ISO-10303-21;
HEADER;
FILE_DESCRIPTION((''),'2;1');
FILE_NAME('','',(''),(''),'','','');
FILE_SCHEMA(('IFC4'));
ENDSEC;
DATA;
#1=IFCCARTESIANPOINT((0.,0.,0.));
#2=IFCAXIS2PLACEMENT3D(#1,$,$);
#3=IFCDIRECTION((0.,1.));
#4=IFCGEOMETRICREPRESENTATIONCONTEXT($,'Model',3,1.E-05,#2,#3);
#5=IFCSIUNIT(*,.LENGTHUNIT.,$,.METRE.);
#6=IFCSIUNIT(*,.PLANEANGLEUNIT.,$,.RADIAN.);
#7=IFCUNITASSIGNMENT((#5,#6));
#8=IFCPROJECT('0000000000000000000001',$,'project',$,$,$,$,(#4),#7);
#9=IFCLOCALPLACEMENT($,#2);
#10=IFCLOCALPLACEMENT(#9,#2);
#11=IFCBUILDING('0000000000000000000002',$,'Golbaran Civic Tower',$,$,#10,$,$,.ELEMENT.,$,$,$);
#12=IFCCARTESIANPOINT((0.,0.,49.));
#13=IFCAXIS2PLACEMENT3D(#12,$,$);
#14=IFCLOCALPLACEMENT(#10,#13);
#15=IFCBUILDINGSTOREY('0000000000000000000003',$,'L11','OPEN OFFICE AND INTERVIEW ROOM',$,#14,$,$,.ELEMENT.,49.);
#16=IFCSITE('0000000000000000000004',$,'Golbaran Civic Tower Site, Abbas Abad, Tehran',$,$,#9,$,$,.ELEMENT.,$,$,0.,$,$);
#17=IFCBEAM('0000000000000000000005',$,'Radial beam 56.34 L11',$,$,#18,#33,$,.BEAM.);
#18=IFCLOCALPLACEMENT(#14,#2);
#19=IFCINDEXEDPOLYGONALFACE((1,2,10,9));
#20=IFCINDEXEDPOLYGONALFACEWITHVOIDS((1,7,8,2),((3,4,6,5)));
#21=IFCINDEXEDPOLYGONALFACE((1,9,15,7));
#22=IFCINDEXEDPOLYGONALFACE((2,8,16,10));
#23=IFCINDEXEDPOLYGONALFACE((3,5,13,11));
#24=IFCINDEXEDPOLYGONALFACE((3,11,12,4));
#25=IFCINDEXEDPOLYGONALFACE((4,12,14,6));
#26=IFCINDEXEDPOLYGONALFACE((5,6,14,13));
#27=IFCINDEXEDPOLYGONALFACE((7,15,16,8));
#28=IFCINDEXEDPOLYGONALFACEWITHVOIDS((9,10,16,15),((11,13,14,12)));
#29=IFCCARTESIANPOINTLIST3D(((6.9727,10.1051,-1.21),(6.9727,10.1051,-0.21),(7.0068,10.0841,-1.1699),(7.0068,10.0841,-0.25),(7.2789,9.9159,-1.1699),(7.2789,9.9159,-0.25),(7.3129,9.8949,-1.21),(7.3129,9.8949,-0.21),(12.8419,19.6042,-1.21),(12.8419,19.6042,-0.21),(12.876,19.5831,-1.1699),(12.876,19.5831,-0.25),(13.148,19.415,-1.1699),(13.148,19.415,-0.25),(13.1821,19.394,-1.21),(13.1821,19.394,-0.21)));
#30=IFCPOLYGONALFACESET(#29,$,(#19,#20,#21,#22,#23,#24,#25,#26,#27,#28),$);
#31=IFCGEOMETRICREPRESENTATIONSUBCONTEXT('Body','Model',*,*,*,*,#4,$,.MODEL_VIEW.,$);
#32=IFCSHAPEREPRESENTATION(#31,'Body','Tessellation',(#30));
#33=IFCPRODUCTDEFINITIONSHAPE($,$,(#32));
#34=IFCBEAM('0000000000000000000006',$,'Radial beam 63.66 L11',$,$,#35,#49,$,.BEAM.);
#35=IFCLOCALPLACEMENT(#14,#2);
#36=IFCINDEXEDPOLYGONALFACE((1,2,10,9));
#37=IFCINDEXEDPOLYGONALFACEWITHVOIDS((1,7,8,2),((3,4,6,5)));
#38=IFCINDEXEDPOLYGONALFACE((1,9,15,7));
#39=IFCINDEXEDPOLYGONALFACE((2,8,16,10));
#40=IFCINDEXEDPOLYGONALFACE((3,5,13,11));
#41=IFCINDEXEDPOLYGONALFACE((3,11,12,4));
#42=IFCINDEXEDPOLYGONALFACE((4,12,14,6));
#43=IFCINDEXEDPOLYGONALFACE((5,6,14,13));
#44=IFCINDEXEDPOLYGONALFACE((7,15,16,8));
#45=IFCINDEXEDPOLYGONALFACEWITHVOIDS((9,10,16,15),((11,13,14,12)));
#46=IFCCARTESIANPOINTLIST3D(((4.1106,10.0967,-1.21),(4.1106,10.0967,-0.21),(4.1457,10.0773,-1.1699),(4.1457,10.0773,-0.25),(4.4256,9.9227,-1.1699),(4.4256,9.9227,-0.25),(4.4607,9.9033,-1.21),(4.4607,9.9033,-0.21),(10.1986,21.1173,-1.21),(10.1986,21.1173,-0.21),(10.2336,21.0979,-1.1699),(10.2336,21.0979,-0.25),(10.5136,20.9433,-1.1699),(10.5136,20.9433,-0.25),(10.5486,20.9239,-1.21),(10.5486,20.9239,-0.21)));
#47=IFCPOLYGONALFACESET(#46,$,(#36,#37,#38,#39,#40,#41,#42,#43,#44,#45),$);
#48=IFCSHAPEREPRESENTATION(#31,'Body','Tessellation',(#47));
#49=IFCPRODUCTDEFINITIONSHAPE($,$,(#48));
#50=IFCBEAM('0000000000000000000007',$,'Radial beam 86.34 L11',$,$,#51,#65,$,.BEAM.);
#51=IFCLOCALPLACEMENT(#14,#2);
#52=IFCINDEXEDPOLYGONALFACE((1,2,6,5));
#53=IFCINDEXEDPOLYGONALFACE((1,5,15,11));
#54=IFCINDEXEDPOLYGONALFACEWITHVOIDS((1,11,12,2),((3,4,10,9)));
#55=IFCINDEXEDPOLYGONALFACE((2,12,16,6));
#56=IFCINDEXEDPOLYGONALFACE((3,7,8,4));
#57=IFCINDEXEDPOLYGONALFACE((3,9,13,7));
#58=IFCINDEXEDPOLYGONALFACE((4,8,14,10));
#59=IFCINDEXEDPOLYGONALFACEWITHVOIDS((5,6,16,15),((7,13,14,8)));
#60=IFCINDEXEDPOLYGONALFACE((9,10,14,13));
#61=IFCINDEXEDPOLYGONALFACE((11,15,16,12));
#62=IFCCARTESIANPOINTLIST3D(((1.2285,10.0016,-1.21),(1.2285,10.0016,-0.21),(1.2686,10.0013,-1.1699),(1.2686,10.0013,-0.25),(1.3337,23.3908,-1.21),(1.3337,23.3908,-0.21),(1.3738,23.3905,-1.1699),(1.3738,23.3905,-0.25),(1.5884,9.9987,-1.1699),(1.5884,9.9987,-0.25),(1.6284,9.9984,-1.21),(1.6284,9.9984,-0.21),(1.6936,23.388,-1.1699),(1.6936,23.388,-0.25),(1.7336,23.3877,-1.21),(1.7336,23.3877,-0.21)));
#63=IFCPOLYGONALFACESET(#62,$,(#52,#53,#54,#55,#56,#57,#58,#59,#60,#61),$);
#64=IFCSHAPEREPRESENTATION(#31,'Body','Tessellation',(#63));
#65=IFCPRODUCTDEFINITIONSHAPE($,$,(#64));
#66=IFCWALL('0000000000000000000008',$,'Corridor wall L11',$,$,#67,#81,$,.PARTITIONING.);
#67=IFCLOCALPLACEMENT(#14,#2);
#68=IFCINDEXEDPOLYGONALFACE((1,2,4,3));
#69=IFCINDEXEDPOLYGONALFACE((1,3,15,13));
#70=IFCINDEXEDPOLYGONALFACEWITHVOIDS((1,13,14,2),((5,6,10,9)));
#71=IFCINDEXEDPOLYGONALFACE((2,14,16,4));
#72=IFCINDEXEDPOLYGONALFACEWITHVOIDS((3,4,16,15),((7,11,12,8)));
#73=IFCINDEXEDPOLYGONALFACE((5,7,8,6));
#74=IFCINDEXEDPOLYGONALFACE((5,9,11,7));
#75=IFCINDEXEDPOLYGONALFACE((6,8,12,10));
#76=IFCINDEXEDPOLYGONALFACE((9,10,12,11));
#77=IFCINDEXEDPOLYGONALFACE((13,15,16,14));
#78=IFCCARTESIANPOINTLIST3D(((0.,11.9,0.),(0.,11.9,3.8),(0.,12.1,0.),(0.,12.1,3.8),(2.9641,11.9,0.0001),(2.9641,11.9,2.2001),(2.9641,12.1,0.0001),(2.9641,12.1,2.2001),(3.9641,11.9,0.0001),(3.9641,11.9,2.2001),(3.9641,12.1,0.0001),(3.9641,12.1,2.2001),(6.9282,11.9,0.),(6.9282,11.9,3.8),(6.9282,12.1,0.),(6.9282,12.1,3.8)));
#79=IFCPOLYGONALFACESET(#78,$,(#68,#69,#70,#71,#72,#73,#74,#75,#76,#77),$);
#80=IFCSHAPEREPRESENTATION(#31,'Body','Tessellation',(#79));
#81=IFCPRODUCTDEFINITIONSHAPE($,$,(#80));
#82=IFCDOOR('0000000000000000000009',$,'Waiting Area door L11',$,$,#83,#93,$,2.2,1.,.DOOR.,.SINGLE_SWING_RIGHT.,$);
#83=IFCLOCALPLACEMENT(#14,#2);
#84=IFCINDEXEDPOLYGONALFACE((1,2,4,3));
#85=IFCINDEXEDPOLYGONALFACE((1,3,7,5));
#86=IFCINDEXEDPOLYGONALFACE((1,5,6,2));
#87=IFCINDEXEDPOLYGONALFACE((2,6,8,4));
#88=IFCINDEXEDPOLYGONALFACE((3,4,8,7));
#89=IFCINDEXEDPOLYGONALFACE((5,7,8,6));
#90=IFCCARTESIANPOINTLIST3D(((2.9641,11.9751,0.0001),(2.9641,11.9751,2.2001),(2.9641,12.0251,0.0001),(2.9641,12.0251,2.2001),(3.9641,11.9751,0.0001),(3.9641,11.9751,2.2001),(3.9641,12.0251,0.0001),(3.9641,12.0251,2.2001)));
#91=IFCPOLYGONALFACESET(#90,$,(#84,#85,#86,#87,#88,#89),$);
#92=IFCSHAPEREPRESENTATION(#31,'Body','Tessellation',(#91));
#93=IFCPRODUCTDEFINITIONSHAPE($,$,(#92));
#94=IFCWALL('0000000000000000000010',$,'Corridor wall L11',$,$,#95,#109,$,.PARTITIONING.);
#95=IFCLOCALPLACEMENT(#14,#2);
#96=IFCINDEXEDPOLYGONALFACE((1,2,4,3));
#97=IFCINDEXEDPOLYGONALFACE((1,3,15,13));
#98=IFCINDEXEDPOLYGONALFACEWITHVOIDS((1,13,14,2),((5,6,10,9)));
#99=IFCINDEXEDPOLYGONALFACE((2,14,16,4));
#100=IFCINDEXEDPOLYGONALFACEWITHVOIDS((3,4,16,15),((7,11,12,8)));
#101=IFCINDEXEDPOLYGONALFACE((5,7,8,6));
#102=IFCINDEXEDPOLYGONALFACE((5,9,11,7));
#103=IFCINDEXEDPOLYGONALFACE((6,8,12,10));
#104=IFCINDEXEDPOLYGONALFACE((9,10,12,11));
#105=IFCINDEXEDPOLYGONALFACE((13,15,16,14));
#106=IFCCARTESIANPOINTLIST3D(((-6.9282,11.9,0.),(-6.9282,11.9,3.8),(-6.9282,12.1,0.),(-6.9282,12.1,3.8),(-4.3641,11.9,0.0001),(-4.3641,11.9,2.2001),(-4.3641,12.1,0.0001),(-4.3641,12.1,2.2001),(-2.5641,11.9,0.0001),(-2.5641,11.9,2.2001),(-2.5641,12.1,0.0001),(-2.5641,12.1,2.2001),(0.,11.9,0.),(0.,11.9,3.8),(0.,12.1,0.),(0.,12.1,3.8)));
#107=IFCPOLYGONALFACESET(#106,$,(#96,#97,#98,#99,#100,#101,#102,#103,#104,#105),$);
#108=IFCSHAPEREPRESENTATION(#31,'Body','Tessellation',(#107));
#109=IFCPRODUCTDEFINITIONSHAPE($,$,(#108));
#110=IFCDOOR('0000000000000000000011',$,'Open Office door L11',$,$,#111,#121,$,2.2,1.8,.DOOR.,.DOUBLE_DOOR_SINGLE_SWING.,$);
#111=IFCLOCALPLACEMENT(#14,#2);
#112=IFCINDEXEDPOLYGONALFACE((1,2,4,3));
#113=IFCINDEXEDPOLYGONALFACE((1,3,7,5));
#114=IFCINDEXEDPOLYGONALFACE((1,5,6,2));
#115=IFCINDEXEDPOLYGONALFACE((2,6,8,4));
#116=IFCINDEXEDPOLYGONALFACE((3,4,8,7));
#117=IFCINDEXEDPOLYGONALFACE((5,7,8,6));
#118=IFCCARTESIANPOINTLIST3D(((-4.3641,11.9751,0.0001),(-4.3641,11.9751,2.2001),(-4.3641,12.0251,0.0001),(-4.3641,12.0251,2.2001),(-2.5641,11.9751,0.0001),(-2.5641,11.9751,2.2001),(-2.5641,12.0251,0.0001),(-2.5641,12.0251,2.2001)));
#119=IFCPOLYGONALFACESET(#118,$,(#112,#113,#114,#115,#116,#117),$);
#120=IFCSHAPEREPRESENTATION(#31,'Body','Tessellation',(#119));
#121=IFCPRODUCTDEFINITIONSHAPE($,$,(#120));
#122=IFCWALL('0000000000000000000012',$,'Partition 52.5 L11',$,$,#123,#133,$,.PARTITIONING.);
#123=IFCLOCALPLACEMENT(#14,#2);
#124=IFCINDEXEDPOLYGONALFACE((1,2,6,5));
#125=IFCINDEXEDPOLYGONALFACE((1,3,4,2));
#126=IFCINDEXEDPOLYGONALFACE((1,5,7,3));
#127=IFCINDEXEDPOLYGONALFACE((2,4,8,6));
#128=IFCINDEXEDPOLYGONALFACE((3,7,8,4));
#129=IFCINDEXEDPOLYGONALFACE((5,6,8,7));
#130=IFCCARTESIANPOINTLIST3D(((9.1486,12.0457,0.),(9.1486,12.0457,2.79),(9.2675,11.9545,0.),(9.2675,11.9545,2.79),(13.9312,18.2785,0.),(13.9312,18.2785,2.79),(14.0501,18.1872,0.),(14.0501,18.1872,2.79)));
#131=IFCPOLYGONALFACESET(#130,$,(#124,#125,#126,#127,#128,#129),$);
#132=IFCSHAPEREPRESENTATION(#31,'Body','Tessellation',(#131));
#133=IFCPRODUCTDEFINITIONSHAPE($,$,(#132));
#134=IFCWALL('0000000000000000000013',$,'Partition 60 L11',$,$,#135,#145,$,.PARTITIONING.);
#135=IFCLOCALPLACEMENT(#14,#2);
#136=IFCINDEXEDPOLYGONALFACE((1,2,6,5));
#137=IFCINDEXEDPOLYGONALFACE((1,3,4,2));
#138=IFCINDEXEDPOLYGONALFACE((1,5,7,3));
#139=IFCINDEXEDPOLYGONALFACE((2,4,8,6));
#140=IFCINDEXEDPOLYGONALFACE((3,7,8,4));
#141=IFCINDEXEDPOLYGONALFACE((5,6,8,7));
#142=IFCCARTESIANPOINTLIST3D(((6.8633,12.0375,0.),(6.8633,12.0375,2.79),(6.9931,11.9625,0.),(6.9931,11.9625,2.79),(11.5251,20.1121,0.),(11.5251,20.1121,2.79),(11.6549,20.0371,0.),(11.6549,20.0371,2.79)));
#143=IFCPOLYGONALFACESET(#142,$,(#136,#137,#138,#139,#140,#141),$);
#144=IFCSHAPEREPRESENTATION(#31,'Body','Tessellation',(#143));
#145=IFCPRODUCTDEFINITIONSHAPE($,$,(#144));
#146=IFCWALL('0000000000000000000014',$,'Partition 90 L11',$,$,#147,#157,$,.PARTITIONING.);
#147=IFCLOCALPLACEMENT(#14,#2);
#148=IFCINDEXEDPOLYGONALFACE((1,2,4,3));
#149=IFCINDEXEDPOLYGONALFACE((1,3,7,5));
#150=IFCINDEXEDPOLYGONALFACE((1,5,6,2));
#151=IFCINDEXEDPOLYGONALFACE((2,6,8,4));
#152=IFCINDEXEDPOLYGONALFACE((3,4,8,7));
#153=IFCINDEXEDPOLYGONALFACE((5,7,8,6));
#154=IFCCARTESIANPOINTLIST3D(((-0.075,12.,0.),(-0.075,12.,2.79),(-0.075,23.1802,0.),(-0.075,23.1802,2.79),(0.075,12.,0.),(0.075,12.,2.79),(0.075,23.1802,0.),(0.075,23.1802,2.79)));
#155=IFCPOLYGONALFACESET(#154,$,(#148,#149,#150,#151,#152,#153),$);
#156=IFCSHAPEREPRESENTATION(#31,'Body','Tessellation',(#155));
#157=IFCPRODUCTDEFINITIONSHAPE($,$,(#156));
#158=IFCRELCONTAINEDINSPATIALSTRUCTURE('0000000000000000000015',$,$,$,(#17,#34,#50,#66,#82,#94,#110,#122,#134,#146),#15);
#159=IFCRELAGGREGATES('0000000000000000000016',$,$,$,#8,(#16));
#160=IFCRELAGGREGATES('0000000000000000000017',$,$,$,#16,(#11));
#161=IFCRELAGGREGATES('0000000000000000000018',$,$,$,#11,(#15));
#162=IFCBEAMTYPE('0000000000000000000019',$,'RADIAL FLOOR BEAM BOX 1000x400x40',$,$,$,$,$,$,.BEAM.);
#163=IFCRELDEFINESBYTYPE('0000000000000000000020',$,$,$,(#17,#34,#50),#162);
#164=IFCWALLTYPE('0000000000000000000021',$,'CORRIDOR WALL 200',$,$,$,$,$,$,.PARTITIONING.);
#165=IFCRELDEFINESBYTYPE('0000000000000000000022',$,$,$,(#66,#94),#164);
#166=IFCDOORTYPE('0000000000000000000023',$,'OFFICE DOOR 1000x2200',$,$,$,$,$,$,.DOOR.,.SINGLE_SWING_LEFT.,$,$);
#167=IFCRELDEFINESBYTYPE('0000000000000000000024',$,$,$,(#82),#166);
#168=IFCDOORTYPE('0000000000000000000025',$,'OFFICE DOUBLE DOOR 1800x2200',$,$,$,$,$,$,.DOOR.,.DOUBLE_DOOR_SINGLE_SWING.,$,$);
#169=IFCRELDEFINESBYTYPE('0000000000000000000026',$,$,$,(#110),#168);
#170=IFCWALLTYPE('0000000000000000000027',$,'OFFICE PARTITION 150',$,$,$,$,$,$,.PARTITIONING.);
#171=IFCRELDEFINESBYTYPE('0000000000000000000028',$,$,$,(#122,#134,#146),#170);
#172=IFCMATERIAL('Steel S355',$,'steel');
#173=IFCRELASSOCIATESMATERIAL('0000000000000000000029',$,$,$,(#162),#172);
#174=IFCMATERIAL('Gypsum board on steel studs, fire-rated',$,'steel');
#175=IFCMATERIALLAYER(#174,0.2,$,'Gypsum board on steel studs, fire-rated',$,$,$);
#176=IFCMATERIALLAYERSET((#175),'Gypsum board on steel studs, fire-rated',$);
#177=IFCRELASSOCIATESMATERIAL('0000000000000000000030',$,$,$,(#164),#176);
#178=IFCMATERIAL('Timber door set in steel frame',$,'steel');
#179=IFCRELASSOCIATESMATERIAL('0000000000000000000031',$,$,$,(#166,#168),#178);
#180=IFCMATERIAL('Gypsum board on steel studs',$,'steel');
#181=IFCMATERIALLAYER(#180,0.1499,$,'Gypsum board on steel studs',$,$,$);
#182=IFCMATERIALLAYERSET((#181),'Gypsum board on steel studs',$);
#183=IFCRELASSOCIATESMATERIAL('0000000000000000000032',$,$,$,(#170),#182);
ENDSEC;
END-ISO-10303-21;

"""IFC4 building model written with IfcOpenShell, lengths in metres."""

from ifc_helpers import new_model, si_unit, direction, frame, frame_2d, origin, origin_2d, place, context, subcontext, project, spatial, rectangle, hollow_rectangle, extrude, material, layer, layer_set, material_profile, profile_set, type_object, element, fill, save


model = new_model("IFC4")

# Units and contexts
model_context = context("Model", 3, precision=1e-05, world=origin(), true_north=direction((0.0, 1.0)))
body_context = subcontext(model_context, "Body", "Model", "MODEL_VIEW")
ifc_project = project(units=[si_unit("LENGTHUNIT", "METRE"), si_unit("PLANEANGLEUNIT", "RADIAN")], contexts=[model_context])

# Site, building, storey
site_placement = place(None, origin())
site = spatial("IfcSite", under=ifc_project, at=site_placement, Name="Golbaran Civic Tower Site, Abbas Abad, Tehran", CompositionType="ELEMENT", RefElevation=0.0)
building_placement = place(site_placement, origin())
building = spatial("IfcBuilding", under=site, at=building_placement, Name="Golbaran Civic Tower", CompositionType="ELEMENT")
storey_placement = place(building_placement, frame((0.0, 0.0, 49.0)))
storey = spatial("IfcBuildingStorey", under=building, at=storey_placement, Name="L11", Description="OPEN OFFICE AND INTERVIEW ROOM", CompositionType="ELEMENT", Elevation=49.0)

# Beams
ifc_material_1 = material(Name="Steel S355", Category="steel")
ifc_material_profile_1 = material_profile(ifc_material_1, hollow_rectangle(XDim=0.3999, YDim=1.0, WallThickness=0.04, at=origin_2d()), Name="BOX 1000x400x40")
ifc_profile_set_1 = profile_set([ifc_material_profile_1], Name="Steel S355")
beam_type_1 = type_object("IfcBeamType", Name="RADIAL FLOOR BEAM BOX 1000x400x40", PredefinedType="BEAM", material=ifc_profile_set_1)
beam_1_placement = place(storey_placement, frame((7.1428, 10.0, -0.71), z_axis=(0.525629, 0.850714, 0.0), x_axis=(-0.850714, 0.525629, 0.0)))
element("IfcBeam", 1, at=beam_1_placement, inside=storey, type_object=beam_type_1, Name="Radial beam 56.34 L11", PredefinedType="BEAM", context=body_context, shape_type="SweptSolid", body=[
    extrude(hollow_rectangle(XDim=0.3999, YDim=1.0, WallThickness=0.04, at=origin_2d()), origin(), (0.0, 0.0, 1.0), 11.166),
])
beam_2_placement = place(storey_placement, frame((4.2856, 10.0, -0.71), z_axis=(0.483541, 0.875322, 0.0), x_axis=(-0.875322, 0.483541, 0.0)))
element("IfcBeam", 2, at=beam_2_placement, inside=storey, type_object=beam_type_1, Name="Radial beam 63.66 L11", PredefinedType="BEAM", context=body_context, shape_type="SweptSolid", body=[
    extrude(hollow_rectangle(XDim=0.3999, YDim=1.0, WallThickness=0.04, at=origin_2d()), origin(), (0.0, 0.0, 1.0), 12.5903),
])
beam_3_placement = place(storey_placement, frame((1.4285, 10.0, -0.71), z_axis=(0.007859, 0.999969, 0.0), x_axis=(-0.999969, 0.007859, 0.0)))
element("IfcBeam", 3, at=beam_3_placement, inside=storey, type_object=beam_type_1, Name="Radial beam 86.34 L11", PredefinedType="BEAM", context=body_context, shape_type="SweptSolid", body=[
    extrude(hollow_rectangle(XDim=0.3999, YDim=1.0, WallThickness=0.04, at=origin_2d()), origin(), (0.0, 0.0, 1.0), 13.3896),
])

# Walls, openings, doors
ifc_material_2 = material(Name="Gypsum board on steel studs, fire-rated", Category="steel")
ifc_layer_1 = layer(ifc_material_2, 0.2, Name="Gypsum board on steel studs, fire-rated")
ifc_layer_set_1 = layer_set([ifc_layer_1], Name="Gypsum board on steel studs, fire-rated")
wall_type_1 = type_object("IfcWallType", Name="CORRIDOR WALL 200", PredefinedType="PARTITIONING", material=ifc_layer_set_1)
wall_1_placement = place(storey_placement, frame((6.9282, 12.0, 0.0), z_axis=(0.0, 0.0, 1.0), x_axis=(-1.0, 0.0, 0.0)))
wall_1 = element("IfcWall", 4, at=wall_1_placement, inside=storey, type_object=wall_type_1, Name="Corridor wall L11", PredefinedType="PARTITIONING", context=body_context, shape_type="SweptSolid", body=[
    extrude(rectangle(XDim=6.9282, YDim=0.2, at=frame_2d((3.4641, 0.0))), origin(), (0.0, 0.0, 1.0), 3.8),
])
opening_1_placement = place(wall_1_placement, frame((2.9641, 0.0, 0.0)))
opening_1 = element("IfcOpeningElement", 5, at=opening_1_placement, cuts=wall_1, PredefinedType="OPENING", context=body_context, shape_type="SweptSolid", body=[
    extrude(rectangle(XDim=1.0, YDim=2.2, at=frame_2d((0.5, 1.1001))), frame((0.0, 0.1099, 0.0), z_axis=(0.0, -1.0, 0.0), x_axis=(1.0, 0.0, 0.0)), (0.0, 0.0, 1.0), 0.22),
])
ifc_material_3 = material(Name="Timber door set in steel frame", Category="steel")
door_type_1 = type_object("IfcDoorType", Name="OFFICE DOOR 1000x2200", OperationType="SINGLE_SWING_LEFT", PredefinedType="DOOR", material=ifc_material_3)
door_1_placement = place(opening_1_placement, origin())
door_1 = element("IfcDoor", 6, at=door_1_placement, inside=storey, type_object=door_type_1, Name="Waiting Area door L11", OperationType="SINGLE_SWING_RIGHT", OverallHeight=2.2, OverallWidth=1.0, PredefinedType="DOOR", context=body_context, shape_type="SweptSolid", body=[
    extrude(rectangle(XDim=1.0, YDim=2.2, at=frame_2d((0.5, 1.1001))), frame((0.0, 0.0249, 0.0), z_axis=(0.0, -1.0, 0.0), x_axis=(1.0, 0.0, 0.0)), (0.0, 0.0, 1.0), 0.05),
])
fill(opening_1, door_1)
wall_2_placement = place(storey_placement, frame((0.0, 12.0, 0.0), z_axis=(0.0, 0.0, 1.0), x_axis=(-1.0, 0.0, 0.0)))
wall_2 = element("IfcWall", 7, at=wall_2_placement, inside=storey, type_object=wall_type_1, Name="Corridor wall L11", PredefinedType="PARTITIONING", context=body_context, shape_type="SweptSolid", body=[
    extrude(rectangle(XDim=6.9282, YDim=0.2, at=frame_2d((3.4641, 0.0))), origin(), (0.0, 0.0, 1.0), 3.8),
])
opening_2_placement = place(wall_2_placement, frame((2.5642, 0.0, 0.0)))
opening_2 = element("IfcOpeningElement", 8, at=opening_2_placement, cuts=wall_2, PredefinedType="OPENING", context=body_context, shape_type="SweptSolid", body=[
    extrude(rectangle(XDim=1.8, YDim=2.2, at=frame_2d((0.8999, 1.1001))), frame((0.0, 0.1099, 0.0), z_axis=(0.0, -1.0, 0.0), x_axis=(1.0, 0.0, 0.0)), (0.0, 0.0, 1.0), 0.22),
])
door_type_2 = type_object("IfcDoorType", Name="OFFICE DOUBLE DOOR 1800x2200", OperationType="DOUBLE_DOOR_SINGLE_SWING", PredefinedType="DOOR", material=ifc_material_3)
door_2_placement = place(opening_2_placement, origin())
door_2 = element("IfcDoor", 9, at=door_2_placement, inside=storey, type_object=door_type_2, Name="Open Office door L11", OperationType="DOUBLE_DOOR_SINGLE_SWING", OverallHeight=2.2, OverallWidth=1.8, PredefinedType="DOOR", context=body_context, shape_type="SweptSolid", body=[
    extrude(rectangle(XDim=1.8, YDim=2.2, at=frame_2d((0.8999, 1.1001))), frame((0.0, 0.0249, 0.0), z_axis=(0.0, -1.0, 0.0), x_axis=(1.0, 0.0, 0.0)), (0.0, 0.0, 1.0), 0.05),
])
fill(opening_2, door_2)

# Walls
ifc_material_4 = material(Name="Gypsum board on steel studs", Category="steel")
ifc_layer_2 = layer(ifc_material_4, 0.1499, Name="Gypsum board on steel studs")
ifc_layer_set_2 = layer_set([ifc_layer_2], Name="Gypsum board on steel studs")
wall_type_2 = type_object("IfcWallType", Name="OFFICE PARTITION 150", PredefinedType="PARTITIONING", material=ifc_layer_set_2)
wall_3_placement = place(storey_placement, frame((9.208, 12.0, 0.0), z_axis=(0.0, 0.0, 1.0), x_axis=(0.60876, 0.793355, 0.0)))
element("IfcWall", 10, at=wall_3_placement, inside=storey, type_object=wall_type_2, Name="Partition 52.5 L11", PredefinedType="PARTITIONING", context=body_context, shape_type="SweptSolid", body=[
    extrude(rectangle(XDim=7.8562, YDim=0.1499, at=frame_2d((3.9282, 0.0))), origin(), (0.0, 0.0, 1.0), 2.79),
])
wall_4_placement = place(storey_placement, frame((6.9282, 12.0, 0.0), z_axis=(0.0, 0.0, 1.0), x_axis=(0.499994, 0.866029, 0.0)))
element("IfcWall", 11, at=wall_4_placement, inside=storey, type_object=wall_type_2, Name="Partition 60 L11", PredefinedType="PARTITIONING", context=body_context, shape_type="SweptSolid", body=[
    extrude(rectangle(XDim=9.3237, YDim=0.1499, at=frame_2d((4.6619, 0.0))), origin(), (0.0, 0.0, 1.0), 2.79),
])
wall_5_placement = place(storey_placement, frame((0.0, 12.0, 0.0), z_axis=(0.0, 0.0, 1.0), x_axis=(0.0, 1.0, 0.0)))
element("IfcWall", 12, at=wall_5_placement, inside=storey, type_object=wall_type_2, Name="Partition 90 L11", PredefinedType="PARTITIONING", context=body_context, shape_type="SweptSolid", body=[
    extrude(rectangle(XDim=11.1802, YDim=0.1499, at=frame_2d((5.5901, 0.0))), origin(), (0.0, 0.0, 1.0), 2.79),
])

save(model, "model.ifc")
